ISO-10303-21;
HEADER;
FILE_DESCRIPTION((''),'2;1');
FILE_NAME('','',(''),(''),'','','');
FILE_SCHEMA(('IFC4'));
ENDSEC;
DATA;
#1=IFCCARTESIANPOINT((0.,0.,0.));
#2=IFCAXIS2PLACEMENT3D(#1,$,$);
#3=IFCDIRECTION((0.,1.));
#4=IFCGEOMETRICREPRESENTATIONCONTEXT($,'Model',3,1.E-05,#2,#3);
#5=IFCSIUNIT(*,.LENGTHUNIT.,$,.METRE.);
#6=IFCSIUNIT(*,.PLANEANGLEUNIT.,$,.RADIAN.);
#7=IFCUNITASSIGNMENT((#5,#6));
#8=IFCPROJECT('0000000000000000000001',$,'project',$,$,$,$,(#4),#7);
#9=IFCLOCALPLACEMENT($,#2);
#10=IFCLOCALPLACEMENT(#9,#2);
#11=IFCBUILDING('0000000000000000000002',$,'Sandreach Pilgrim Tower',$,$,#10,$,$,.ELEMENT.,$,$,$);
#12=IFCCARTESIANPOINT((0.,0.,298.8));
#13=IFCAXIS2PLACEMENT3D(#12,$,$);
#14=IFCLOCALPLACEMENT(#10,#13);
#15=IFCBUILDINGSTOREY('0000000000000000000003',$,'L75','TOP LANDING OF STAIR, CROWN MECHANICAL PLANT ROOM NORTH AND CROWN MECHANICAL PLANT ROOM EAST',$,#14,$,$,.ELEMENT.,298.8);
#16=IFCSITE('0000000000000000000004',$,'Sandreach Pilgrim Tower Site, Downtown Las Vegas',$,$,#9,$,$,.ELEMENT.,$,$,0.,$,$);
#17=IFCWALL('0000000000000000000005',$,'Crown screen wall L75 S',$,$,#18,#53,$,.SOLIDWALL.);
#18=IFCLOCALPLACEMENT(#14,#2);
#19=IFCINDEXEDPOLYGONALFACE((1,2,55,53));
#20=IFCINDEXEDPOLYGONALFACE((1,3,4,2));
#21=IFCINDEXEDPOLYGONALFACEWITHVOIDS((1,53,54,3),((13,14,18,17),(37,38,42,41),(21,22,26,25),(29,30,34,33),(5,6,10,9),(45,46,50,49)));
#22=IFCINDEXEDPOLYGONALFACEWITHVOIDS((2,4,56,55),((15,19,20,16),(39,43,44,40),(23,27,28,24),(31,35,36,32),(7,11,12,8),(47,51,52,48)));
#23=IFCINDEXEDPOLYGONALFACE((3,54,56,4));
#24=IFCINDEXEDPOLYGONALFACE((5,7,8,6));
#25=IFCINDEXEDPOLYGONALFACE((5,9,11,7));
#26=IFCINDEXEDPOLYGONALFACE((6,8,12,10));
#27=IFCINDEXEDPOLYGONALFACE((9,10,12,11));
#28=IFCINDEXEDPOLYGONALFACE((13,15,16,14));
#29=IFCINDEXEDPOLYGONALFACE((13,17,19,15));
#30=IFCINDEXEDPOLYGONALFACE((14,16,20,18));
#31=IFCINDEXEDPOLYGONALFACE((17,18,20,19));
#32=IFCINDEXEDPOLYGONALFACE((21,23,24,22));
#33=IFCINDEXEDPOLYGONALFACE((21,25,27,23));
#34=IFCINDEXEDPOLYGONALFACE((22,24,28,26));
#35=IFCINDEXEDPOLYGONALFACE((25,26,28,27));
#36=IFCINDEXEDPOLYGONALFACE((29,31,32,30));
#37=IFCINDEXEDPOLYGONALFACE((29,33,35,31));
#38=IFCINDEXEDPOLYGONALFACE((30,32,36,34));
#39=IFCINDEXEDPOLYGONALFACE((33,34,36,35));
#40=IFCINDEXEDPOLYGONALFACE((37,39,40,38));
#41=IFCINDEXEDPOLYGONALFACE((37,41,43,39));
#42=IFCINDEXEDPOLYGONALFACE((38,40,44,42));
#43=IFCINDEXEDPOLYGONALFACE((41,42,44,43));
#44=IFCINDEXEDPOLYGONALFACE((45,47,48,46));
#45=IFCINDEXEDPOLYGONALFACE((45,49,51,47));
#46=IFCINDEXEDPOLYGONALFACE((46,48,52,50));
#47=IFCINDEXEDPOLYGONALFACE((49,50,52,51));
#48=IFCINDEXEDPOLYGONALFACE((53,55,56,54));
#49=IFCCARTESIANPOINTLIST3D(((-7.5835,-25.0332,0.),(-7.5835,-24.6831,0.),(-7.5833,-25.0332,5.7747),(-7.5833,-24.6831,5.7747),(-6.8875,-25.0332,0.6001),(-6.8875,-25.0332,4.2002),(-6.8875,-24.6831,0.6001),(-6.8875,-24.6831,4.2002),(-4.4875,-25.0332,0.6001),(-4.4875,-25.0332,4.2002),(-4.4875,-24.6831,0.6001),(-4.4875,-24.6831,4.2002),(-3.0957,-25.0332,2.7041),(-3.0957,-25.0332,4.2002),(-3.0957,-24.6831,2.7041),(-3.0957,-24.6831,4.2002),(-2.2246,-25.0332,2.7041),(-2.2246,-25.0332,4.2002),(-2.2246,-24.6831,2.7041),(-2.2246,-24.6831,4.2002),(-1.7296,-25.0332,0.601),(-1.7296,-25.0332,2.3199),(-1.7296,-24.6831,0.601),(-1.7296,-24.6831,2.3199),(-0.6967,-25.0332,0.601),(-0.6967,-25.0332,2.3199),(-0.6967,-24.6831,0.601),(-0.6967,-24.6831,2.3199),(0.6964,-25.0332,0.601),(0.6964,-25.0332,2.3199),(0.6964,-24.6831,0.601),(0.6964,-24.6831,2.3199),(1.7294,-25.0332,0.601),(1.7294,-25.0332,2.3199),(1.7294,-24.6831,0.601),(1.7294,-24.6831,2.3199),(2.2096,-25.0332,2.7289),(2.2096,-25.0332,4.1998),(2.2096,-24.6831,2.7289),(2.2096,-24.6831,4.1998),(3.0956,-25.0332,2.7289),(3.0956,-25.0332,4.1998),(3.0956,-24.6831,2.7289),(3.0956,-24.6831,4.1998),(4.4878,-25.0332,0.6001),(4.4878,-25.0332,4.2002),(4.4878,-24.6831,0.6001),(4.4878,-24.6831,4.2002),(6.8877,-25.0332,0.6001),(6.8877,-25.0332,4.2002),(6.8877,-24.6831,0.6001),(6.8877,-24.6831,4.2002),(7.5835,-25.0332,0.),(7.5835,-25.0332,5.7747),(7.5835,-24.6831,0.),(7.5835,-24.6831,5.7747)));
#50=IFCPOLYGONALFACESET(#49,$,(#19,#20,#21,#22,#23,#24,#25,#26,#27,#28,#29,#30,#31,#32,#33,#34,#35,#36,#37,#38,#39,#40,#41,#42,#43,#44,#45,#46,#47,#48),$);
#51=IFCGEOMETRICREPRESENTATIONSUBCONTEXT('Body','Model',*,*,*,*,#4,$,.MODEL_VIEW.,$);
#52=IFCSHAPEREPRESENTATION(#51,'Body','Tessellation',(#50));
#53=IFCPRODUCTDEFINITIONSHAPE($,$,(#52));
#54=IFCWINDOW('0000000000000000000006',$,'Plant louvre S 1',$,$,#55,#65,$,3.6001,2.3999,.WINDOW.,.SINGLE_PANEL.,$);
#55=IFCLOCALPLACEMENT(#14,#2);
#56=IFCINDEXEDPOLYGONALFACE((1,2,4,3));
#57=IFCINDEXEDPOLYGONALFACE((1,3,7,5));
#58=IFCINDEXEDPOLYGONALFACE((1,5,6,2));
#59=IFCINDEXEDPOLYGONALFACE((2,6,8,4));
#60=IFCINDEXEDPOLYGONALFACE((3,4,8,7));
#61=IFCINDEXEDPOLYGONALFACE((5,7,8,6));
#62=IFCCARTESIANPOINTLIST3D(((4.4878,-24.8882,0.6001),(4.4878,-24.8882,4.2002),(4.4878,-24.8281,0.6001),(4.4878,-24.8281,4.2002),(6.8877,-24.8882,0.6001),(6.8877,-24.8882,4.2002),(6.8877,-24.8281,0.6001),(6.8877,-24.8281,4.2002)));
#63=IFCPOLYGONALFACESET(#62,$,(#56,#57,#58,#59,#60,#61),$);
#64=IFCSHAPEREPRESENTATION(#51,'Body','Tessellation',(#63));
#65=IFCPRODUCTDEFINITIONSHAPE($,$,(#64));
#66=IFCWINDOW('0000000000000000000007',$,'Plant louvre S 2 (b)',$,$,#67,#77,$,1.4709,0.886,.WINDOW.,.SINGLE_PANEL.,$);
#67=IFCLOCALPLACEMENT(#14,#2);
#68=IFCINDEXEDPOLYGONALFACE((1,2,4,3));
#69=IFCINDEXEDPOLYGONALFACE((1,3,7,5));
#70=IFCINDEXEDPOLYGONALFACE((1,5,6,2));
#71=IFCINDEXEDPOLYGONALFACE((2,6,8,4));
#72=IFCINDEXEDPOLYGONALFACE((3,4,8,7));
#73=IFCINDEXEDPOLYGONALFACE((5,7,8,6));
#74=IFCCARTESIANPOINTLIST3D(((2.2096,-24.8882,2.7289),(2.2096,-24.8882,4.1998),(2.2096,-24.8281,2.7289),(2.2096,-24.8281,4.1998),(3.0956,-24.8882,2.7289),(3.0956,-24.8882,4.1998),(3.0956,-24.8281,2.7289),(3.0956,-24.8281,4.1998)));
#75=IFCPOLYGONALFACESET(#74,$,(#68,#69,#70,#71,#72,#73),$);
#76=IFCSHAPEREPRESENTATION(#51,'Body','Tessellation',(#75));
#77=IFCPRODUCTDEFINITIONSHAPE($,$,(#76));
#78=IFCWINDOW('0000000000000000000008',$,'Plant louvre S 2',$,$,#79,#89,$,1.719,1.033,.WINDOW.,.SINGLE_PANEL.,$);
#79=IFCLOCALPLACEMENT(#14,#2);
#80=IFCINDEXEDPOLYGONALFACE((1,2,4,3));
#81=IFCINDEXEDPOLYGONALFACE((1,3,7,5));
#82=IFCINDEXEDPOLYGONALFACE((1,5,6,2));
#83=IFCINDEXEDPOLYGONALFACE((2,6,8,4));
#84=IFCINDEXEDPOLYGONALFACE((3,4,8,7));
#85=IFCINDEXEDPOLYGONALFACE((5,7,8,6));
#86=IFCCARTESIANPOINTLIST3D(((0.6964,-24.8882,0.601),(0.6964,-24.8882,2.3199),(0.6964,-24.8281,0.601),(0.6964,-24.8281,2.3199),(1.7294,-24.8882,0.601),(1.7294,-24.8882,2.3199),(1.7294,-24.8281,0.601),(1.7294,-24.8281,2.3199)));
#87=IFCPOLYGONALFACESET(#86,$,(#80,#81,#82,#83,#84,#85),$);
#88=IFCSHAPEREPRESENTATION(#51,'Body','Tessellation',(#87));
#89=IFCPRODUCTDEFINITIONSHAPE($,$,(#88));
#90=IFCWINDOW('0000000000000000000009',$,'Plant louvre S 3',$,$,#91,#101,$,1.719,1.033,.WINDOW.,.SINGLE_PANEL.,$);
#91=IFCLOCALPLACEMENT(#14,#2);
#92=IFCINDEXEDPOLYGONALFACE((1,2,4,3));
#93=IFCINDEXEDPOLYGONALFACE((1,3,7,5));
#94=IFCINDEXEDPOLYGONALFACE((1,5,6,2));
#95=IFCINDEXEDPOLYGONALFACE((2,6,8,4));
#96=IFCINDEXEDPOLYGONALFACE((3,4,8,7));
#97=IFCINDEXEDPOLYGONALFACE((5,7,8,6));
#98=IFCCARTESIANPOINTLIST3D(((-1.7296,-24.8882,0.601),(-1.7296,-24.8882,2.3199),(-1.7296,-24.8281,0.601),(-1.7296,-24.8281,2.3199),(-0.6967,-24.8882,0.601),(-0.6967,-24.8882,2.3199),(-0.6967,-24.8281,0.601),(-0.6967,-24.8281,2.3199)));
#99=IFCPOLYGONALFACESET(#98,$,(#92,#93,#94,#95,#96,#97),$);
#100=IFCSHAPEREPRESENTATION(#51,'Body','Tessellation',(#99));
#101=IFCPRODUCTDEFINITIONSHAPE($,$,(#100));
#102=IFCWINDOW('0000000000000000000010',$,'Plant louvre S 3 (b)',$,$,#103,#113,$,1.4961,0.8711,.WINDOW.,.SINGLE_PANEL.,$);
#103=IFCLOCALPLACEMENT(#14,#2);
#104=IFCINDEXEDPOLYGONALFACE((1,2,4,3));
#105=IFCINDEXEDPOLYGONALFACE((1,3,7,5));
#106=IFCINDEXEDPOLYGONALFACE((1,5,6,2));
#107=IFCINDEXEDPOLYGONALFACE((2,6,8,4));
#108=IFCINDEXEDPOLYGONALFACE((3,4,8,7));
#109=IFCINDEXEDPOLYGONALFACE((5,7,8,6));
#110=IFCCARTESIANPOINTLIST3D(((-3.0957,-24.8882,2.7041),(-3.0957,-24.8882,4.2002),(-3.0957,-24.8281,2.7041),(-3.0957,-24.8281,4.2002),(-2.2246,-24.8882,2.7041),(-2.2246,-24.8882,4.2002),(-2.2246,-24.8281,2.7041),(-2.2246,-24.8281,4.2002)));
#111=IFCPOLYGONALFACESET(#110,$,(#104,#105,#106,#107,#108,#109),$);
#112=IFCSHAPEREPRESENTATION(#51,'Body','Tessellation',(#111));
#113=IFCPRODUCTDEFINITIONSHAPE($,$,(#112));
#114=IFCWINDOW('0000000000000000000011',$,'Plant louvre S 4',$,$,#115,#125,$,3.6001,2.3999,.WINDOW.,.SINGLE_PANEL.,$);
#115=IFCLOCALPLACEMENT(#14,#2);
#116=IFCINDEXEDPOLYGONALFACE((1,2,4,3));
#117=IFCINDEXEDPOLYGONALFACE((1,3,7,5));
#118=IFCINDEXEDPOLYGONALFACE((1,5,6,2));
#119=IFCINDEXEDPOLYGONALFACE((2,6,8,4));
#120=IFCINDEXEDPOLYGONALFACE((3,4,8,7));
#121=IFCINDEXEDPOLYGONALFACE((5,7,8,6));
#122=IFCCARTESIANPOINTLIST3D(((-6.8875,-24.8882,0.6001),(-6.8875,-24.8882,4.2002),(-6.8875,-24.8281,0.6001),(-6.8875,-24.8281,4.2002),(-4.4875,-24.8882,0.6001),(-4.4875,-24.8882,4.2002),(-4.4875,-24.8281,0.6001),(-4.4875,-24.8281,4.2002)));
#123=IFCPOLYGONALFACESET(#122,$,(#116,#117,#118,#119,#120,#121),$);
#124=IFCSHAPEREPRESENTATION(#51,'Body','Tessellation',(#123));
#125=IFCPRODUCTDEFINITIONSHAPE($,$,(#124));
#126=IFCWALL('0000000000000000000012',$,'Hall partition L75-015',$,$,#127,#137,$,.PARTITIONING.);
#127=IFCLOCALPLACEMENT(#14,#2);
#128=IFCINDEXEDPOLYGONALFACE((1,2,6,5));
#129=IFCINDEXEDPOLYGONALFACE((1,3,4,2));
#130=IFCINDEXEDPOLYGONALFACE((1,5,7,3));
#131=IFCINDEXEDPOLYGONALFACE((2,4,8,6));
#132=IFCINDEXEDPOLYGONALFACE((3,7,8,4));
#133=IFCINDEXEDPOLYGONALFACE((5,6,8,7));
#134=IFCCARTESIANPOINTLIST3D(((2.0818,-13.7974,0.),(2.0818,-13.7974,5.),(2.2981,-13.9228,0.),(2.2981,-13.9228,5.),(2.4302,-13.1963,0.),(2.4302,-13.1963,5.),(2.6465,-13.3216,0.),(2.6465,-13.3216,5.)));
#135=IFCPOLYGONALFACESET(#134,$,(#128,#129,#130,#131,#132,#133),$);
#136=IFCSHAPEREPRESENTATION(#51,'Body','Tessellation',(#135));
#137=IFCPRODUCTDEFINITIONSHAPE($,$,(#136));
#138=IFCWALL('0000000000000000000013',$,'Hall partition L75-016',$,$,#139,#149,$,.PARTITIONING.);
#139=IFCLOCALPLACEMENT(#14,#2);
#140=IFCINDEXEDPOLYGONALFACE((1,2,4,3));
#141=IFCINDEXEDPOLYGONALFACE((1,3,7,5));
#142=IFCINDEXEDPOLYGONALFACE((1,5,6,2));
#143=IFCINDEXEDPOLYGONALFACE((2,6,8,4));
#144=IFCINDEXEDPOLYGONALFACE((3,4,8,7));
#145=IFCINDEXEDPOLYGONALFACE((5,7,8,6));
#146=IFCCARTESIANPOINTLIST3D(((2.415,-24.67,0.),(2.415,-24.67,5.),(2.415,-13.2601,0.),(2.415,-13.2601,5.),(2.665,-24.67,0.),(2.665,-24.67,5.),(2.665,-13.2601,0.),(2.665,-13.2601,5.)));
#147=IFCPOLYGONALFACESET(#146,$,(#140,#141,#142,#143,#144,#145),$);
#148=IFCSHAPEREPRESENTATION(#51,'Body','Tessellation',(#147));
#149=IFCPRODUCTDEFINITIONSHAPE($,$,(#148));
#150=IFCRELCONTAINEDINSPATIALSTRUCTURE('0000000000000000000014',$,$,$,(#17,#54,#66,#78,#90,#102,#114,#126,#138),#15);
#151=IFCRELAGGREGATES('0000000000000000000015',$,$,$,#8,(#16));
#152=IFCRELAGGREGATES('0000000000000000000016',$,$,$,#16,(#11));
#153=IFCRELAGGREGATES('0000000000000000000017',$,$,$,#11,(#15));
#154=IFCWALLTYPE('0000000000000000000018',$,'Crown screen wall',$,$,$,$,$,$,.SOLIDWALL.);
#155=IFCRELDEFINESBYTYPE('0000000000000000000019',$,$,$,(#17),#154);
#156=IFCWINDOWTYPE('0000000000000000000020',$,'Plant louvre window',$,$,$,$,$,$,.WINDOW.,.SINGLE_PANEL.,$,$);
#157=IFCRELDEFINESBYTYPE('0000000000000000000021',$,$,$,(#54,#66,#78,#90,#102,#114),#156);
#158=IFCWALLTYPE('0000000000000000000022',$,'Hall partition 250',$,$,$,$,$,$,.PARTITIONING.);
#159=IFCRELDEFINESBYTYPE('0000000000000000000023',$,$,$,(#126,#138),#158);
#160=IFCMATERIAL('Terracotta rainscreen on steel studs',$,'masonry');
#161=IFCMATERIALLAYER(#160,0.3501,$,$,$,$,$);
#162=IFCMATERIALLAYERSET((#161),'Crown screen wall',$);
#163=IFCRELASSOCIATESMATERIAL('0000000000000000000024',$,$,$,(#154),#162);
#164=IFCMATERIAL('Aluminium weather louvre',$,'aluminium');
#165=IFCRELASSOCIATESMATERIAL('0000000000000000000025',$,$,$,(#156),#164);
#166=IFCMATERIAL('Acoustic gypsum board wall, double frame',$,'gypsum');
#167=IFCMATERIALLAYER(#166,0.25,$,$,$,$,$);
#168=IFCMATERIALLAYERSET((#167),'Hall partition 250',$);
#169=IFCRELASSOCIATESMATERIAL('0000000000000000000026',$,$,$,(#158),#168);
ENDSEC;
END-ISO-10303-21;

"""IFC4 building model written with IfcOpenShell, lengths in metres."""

from ifc_helpers import new_model, si_unit, direction, frame, frame_2d, origin, place, context, subcontext, project, spatial, polyline, rectangle, outline, extrude, material, layer, layer_set, type_object, element, fill, save


model = new_model("IFC4")

# Units and contexts
model_context = context("Model", 3, precision=1e-05, world=origin(), true_north=direction((0.0, 1.0)))
body_context = subcontext(model_context, "Body", "Model", "MODEL_VIEW")
ifc_project = project(units=[si_unit("LENGTHUNIT", "METRE"), si_unit("PLANEANGLEUNIT", "RADIAN")], contexts=[model_context])

# Site, building, storey
site_placement = place(None, origin())
site = spatial("IfcSite", under=ifc_project, at=site_placement, Name="Sandreach Pilgrim Tower Site, Downtown Las Vegas", CompositionType="ELEMENT", RefElevation=0.0)
building_placement = place(site_placement, origin())
building = spatial("IfcBuilding", under=site, at=building_placement, Name="Sandreach Pilgrim Tower", CompositionType="ELEMENT")
storey_placement = place(building_placement, frame((0.0, 0.0, 298.8)))
storey = spatial("IfcBuildingStorey", under=building, at=storey_placement, Name="L75", Description="TOP LANDING OF STAIR, CROWN MECHANICAL PLANT ROOM NORTH AND CROWN MECHANICAL PLANT ROOM EAST", CompositionType="ELEMENT", Elevation=298.8)

# Wall, openings, windows
ifc_material_1 = material(Name="Terracotta rainscreen on steel studs", Category="masonry")
ifc_layer_1 = layer(ifc_material_1, 0.3501)
ifc_layer_set_1 = layer_set([ifc_layer_1], Name="Crown screen wall")
wall_type_1 = type_object("IfcWallType", Name="Crown screen wall", PredefinedType="SOLIDWALL", material=ifc_layer_set_1)
wall_1_placement = place(storey_placement, frame((7.5835, -24.8582, 0.0), z_axis=(0.0, 0.0, 1.0), x_axis=(-1.0, 0.0, 0.0)))
wall_1 = element("IfcWall", 1, at=wall_1_placement, inside=storey, type_object=wall_type_1, Name="Crown screen wall L75 S", PredefinedType="SOLIDWALL", context=body_context, shape_type="SweptSolid", body=[
    extrude(outline(polyline([(0.0, 0.0), (15.167, 0.0), (15.1667, 5.7747), (0.0, 5.7747), (0.0, 0.0)])), frame((0.0, 0.175, 0.0), z_axis=(0.0, -1.0, 0.0), x_axis=(1.0, 0.0, 0.0)), (0.0, 0.0, 1.0), 0.3501),
])
opening_1_placement = place(wall_1_placement, frame((0.6958, 0.0, 0.6001)))
opening_1 = element("IfcOpeningElement", 2, at=opening_1_placement, cuts=wall_1, PredefinedType="OPENING", context=body_context, shape_type="SweptSolid", body=[
    extrude(rectangle(XDim=2.3999, YDim=3.6001, at=frame_2d((1.2, 1.8))), frame((0.0, 0.1851, 0.0), z_axis=(0.0, -1.0, 0.0), x_axis=(1.0, 0.0, 0.0)), (0.0, 0.0, 1.0), 0.3701),
])
opening_2_placement = place(wall_1_placement, frame((4.488, 0.0, 2.729)))
opening_2 = element("IfcOpeningElement", 3, at=opening_2_placement, cuts=wall_1, PredefinedType="OPENING", context=body_context, shape_type="SweptSolid", body=[
    extrude(rectangle(XDim=0.886, YDim=1.4709, at=frame_2d((0.4429, 0.7354))), frame((0.0, 0.1851, 0.0), z_axis=(0.0, -1.0, 0.0), x_axis=(1.0, 0.0, 0.0)), (0.0, 0.0, 1.0), 0.3701),
])
opening_3_placement = place(wall_1_placement, frame((5.854, 0.0, 0.6011)))
opening_3 = element("IfcOpeningElement", 4, at=opening_3_placement, cuts=wall_1, PredefinedType="OPENING", context=body_context, shape_type="SweptSolid", body=[
    extrude(rectangle(XDim=1.033, YDim=1.719, at=frame_2d((0.5166, 0.8594))), frame((0.0, 0.1851, 0.0), z_axis=(0.0, -1.0, 0.0), x_axis=(1.0, 0.0, 0.0)), (0.0, 0.0, 1.0), 0.3701),
])
opening_4_placement = place(wall_1_placement, frame((8.28, 0.0, 0.6011)))
opening_4 = element("IfcOpeningElement", 5, at=opening_4_placement, cuts=wall_1, PredefinedType="OPENING", context=body_context, shape_type="SweptSolid", body=[
    extrude(rectangle(XDim=1.033, YDim=1.719, at=frame_2d((0.5166, 0.8594))), frame((0.0, 0.1851, 0.0), z_axis=(0.0, -1.0, 0.0), x_axis=(1.0, 0.0, 0.0)), (0.0, 0.0, 1.0), 0.3701),
])
opening_5_placement = place(wall_1_placement, frame((9.8081, 0.0, 2.7041)))
opening_5 = element("IfcOpeningElement", 6, at=opening_5_placement, cuts=wall_1, PredefinedType="OPENING", context=body_context, shape_type="SweptSolid", body=[
    extrude(rectangle(XDim=0.8711, YDim=1.4961, at=frame_2d((0.4355, 0.748))), frame((0.0, 0.1851, 0.0), z_axis=(0.0, -1.0, 0.0), x_axis=(1.0, 0.0, 0.0)), (0.0, 0.0, 1.0), 0.3701),
])
opening_6_placement = place(wall_1_placement, frame((12.071, 0.0, 0.6001)))
opening_6 = element("IfcOpeningElement", 7, at=opening_6_placement, cuts=wall_1, PredefinedType="OPENING", context=body_context, shape_type="SweptSolid", body=[
    extrude(rectangle(XDim=2.3999, YDim=3.6001, at=frame_2d((1.2, 1.8))), frame((0.0, 0.1851, 0.0), z_axis=(0.0, -1.0, 0.0), x_axis=(1.0, 0.0, 0.0)), (0.0, 0.0, 1.0), 0.3701),
])
ifc_material_2 = material(Name="Aluminium weather louvre", Category="aluminium")
window_type = type_object("IfcWindowType", Name="Plant louvre window", PartitioningType="SINGLE_PANEL", PredefinedType="WINDOW", material=ifc_material_2)
window_1_placement = place(opening_1_placement, origin())
window_1 = element("IfcWindow", 8, at=window_1_placement, inside=storey, type_object=window_type, Name="Plant louvre S 1", OverallHeight=3.6001, OverallWidth=2.3999, PartitioningType="SINGLE_PANEL", PredefinedType="WINDOW", context=body_context, shape_type="SweptSolid", body=[
    extrude(rectangle(XDim=2.3999, YDim=3.6001, at=frame_2d((1.2, 1.8))), frame((0.0, 0.03, 0.0), z_axis=(0.0, -1.0, 0.0), x_axis=(1.0, 0.0, 0.0)), (0.0, 0.0, 1.0), 0.0601),
])
fill(opening_1, window_1)
window_2_placement = place(opening_2_placement, origin())
window_2 = element("IfcWindow", 9, at=window_2_placement, inside=storey, type_object=window_type, Name="Plant louvre S 2 (b)", OverallHeight=1.4709, OverallWidth=0.886, PartitioningType="SINGLE_PANEL", PredefinedType="WINDOW", context=body_context, shape_type="SweptSolid", body=[
    extrude(rectangle(XDim=0.886, YDim=1.4709, at=frame_2d((0.4429, 0.7354))), frame((0.0, 0.03, 0.0), z_axis=(0.0, -1.0, 0.0), x_axis=(1.0, 0.0, 0.0)), (0.0, 0.0, 1.0), 0.0601),
])
fill(opening_2, window_2)
window_3_placement = place(opening_3_placement, origin())
window_3 = element("IfcWindow", 10, at=window_3_placement, inside=storey, type_object=window_type, Name="Plant louvre S 2", OverallHeight=1.719, OverallWidth=1.033, PartitioningType="SINGLE_PANEL", PredefinedType="WINDOW", context=body_context, shape_type="SweptSolid", body=[
    extrude(rectangle(XDim=1.033, YDim=1.719, at=frame_2d((0.5166, 0.8594))), frame((0.0, 0.03, 0.0), z_axis=(0.0, -1.0, 0.0), x_axis=(1.0, 0.0, 0.0)), (0.0, 0.0, 1.0), 0.0601),
])
fill(opening_3, window_3)
window_4_placement = place(opening_4_placement, origin())
window_4 = element("IfcWindow", 11, at=window_4_placement, inside=storey, type_object=window_type, Name="Plant louvre S 3", OverallHeight=1.719, OverallWidth=1.033, PartitioningType="SINGLE_PANEL", PredefinedType="WINDOW", context=body_context, shape_type="SweptSolid", body=[
    extrude(rectangle(XDim=1.033, YDim=1.719, at=frame_2d((0.5166, 0.8594))), frame((0.0, 0.03, 0.0), z_axis=(0.0, -1.0, 0.0), x_axis=(1.0, 0.0, 0.0)), (0.0, 0.0, 1.0), 0.0601),
])
fill(opening_4, window_4)
window_5_placement = place(opening_5_placement, origin())
window_5 = element("IfcWindow", 12, at=window_5_placement, inside=storey, type_object=window_type, Name="Plant louvre S 3 (b)", OverallHeight=1.4961, OverallWidth=0.8711, PartitioningType="SINGLE_PANEL", PredefinedType="WINDOW", context=body_context, shape_type="SweptSolid", body=[
    extrude(rectangle(XDim=0.8711, YDim=1.4961, at=frame_2d((0.4355, 0.748))), frame((0.0, 0.03, 0.0), z_axis=(0.0, -1.0, 0.0), x_axis=(1.0, 0.0, 0.0)), (0.0, 0.0, 1.0), 0.0601),
])
fill(opening_5, window_5)
window_6_placement = place(opening_6_placement, origin())
window_6 = element("IfcWindow", 13, at=window_6_placement, inside=storey, type_object=window_type, Name="Plant louvre S 4", OverallHeight=3.6001, OverallWidth=2.3999, PartitioningType="SINGLE_PANEL", PredefinedType="WINDOW", context=body_context, shape_type="SweptSolid", body=[
    extrude(rectangle(XDim=2.3999, YDim=3.6001, at=frame_2d((1.2, 1.8))), frame((0.0, 0.03, 0.0), z_axis=(0.0, -1.0, 0.0), x_axis=(1.0, 0.0, 0.0)), (0.0, 0.0, 1.0), 0.0601),
])
fill(opening_6, window_6)

# Walls
ifc_material_3 = material(Name="Acoustic gypsum board wall, double frame", Category="gypsum")
ifc_layer_2 = layer(ifc_material_3, 0.25)
ifc_layer_set_2 = layer_set([ifc_layer_2], Name="Hall partition 250")
wall_type_2 = type_object("IfcWallType", Name="Hall partition 250", PredefinedType="PARTITIONING", material=ifc_layer_set_2)
wall_2_placement = place(storey_placement, frame((2.1899, -13.8601, 0.0), z_axis=(0.0, 0.0, 1.0), x_axis=(0.501466, 0.865178, 0.0)))
element("IfcWall", 14, at=wall_2_placement, inside=storey, type_object=wall_type_2, Name="Hall partition L75-015", PredefinedType="PARTITIONING", context=body_context, shape_type="SweptSolid", body=[
    extrude(rectangle(XDim=0.6948, YDim=0.25, at=frame_2d((0.3474, 0.0))), origin(), (0.0, 0.0, 1.0), 5.0),
])
wall_3_placement = place(storey_placement, frame((2.54, -13.26, 0.0), z_axis=(0.0, 0.0, 1.0), x_axis=(0.0, -1.0, 0.0)))
element("IfcWall", 15, at=wall_3_placement, inside=storey, type_object=wall_type_2, Name="Hall partition L75-016", PredefinedType="PARTITIONING", context=body_context, shape_type="SweptSolid", body=[
    extrude(rectangle(XDim=11.4099, YDim=0.25, at=frame_2d((5.7051, 0.0))), origin(), (0.0, 0.0, 1.0), 5.0),
])

save(model, "model.ifc")
